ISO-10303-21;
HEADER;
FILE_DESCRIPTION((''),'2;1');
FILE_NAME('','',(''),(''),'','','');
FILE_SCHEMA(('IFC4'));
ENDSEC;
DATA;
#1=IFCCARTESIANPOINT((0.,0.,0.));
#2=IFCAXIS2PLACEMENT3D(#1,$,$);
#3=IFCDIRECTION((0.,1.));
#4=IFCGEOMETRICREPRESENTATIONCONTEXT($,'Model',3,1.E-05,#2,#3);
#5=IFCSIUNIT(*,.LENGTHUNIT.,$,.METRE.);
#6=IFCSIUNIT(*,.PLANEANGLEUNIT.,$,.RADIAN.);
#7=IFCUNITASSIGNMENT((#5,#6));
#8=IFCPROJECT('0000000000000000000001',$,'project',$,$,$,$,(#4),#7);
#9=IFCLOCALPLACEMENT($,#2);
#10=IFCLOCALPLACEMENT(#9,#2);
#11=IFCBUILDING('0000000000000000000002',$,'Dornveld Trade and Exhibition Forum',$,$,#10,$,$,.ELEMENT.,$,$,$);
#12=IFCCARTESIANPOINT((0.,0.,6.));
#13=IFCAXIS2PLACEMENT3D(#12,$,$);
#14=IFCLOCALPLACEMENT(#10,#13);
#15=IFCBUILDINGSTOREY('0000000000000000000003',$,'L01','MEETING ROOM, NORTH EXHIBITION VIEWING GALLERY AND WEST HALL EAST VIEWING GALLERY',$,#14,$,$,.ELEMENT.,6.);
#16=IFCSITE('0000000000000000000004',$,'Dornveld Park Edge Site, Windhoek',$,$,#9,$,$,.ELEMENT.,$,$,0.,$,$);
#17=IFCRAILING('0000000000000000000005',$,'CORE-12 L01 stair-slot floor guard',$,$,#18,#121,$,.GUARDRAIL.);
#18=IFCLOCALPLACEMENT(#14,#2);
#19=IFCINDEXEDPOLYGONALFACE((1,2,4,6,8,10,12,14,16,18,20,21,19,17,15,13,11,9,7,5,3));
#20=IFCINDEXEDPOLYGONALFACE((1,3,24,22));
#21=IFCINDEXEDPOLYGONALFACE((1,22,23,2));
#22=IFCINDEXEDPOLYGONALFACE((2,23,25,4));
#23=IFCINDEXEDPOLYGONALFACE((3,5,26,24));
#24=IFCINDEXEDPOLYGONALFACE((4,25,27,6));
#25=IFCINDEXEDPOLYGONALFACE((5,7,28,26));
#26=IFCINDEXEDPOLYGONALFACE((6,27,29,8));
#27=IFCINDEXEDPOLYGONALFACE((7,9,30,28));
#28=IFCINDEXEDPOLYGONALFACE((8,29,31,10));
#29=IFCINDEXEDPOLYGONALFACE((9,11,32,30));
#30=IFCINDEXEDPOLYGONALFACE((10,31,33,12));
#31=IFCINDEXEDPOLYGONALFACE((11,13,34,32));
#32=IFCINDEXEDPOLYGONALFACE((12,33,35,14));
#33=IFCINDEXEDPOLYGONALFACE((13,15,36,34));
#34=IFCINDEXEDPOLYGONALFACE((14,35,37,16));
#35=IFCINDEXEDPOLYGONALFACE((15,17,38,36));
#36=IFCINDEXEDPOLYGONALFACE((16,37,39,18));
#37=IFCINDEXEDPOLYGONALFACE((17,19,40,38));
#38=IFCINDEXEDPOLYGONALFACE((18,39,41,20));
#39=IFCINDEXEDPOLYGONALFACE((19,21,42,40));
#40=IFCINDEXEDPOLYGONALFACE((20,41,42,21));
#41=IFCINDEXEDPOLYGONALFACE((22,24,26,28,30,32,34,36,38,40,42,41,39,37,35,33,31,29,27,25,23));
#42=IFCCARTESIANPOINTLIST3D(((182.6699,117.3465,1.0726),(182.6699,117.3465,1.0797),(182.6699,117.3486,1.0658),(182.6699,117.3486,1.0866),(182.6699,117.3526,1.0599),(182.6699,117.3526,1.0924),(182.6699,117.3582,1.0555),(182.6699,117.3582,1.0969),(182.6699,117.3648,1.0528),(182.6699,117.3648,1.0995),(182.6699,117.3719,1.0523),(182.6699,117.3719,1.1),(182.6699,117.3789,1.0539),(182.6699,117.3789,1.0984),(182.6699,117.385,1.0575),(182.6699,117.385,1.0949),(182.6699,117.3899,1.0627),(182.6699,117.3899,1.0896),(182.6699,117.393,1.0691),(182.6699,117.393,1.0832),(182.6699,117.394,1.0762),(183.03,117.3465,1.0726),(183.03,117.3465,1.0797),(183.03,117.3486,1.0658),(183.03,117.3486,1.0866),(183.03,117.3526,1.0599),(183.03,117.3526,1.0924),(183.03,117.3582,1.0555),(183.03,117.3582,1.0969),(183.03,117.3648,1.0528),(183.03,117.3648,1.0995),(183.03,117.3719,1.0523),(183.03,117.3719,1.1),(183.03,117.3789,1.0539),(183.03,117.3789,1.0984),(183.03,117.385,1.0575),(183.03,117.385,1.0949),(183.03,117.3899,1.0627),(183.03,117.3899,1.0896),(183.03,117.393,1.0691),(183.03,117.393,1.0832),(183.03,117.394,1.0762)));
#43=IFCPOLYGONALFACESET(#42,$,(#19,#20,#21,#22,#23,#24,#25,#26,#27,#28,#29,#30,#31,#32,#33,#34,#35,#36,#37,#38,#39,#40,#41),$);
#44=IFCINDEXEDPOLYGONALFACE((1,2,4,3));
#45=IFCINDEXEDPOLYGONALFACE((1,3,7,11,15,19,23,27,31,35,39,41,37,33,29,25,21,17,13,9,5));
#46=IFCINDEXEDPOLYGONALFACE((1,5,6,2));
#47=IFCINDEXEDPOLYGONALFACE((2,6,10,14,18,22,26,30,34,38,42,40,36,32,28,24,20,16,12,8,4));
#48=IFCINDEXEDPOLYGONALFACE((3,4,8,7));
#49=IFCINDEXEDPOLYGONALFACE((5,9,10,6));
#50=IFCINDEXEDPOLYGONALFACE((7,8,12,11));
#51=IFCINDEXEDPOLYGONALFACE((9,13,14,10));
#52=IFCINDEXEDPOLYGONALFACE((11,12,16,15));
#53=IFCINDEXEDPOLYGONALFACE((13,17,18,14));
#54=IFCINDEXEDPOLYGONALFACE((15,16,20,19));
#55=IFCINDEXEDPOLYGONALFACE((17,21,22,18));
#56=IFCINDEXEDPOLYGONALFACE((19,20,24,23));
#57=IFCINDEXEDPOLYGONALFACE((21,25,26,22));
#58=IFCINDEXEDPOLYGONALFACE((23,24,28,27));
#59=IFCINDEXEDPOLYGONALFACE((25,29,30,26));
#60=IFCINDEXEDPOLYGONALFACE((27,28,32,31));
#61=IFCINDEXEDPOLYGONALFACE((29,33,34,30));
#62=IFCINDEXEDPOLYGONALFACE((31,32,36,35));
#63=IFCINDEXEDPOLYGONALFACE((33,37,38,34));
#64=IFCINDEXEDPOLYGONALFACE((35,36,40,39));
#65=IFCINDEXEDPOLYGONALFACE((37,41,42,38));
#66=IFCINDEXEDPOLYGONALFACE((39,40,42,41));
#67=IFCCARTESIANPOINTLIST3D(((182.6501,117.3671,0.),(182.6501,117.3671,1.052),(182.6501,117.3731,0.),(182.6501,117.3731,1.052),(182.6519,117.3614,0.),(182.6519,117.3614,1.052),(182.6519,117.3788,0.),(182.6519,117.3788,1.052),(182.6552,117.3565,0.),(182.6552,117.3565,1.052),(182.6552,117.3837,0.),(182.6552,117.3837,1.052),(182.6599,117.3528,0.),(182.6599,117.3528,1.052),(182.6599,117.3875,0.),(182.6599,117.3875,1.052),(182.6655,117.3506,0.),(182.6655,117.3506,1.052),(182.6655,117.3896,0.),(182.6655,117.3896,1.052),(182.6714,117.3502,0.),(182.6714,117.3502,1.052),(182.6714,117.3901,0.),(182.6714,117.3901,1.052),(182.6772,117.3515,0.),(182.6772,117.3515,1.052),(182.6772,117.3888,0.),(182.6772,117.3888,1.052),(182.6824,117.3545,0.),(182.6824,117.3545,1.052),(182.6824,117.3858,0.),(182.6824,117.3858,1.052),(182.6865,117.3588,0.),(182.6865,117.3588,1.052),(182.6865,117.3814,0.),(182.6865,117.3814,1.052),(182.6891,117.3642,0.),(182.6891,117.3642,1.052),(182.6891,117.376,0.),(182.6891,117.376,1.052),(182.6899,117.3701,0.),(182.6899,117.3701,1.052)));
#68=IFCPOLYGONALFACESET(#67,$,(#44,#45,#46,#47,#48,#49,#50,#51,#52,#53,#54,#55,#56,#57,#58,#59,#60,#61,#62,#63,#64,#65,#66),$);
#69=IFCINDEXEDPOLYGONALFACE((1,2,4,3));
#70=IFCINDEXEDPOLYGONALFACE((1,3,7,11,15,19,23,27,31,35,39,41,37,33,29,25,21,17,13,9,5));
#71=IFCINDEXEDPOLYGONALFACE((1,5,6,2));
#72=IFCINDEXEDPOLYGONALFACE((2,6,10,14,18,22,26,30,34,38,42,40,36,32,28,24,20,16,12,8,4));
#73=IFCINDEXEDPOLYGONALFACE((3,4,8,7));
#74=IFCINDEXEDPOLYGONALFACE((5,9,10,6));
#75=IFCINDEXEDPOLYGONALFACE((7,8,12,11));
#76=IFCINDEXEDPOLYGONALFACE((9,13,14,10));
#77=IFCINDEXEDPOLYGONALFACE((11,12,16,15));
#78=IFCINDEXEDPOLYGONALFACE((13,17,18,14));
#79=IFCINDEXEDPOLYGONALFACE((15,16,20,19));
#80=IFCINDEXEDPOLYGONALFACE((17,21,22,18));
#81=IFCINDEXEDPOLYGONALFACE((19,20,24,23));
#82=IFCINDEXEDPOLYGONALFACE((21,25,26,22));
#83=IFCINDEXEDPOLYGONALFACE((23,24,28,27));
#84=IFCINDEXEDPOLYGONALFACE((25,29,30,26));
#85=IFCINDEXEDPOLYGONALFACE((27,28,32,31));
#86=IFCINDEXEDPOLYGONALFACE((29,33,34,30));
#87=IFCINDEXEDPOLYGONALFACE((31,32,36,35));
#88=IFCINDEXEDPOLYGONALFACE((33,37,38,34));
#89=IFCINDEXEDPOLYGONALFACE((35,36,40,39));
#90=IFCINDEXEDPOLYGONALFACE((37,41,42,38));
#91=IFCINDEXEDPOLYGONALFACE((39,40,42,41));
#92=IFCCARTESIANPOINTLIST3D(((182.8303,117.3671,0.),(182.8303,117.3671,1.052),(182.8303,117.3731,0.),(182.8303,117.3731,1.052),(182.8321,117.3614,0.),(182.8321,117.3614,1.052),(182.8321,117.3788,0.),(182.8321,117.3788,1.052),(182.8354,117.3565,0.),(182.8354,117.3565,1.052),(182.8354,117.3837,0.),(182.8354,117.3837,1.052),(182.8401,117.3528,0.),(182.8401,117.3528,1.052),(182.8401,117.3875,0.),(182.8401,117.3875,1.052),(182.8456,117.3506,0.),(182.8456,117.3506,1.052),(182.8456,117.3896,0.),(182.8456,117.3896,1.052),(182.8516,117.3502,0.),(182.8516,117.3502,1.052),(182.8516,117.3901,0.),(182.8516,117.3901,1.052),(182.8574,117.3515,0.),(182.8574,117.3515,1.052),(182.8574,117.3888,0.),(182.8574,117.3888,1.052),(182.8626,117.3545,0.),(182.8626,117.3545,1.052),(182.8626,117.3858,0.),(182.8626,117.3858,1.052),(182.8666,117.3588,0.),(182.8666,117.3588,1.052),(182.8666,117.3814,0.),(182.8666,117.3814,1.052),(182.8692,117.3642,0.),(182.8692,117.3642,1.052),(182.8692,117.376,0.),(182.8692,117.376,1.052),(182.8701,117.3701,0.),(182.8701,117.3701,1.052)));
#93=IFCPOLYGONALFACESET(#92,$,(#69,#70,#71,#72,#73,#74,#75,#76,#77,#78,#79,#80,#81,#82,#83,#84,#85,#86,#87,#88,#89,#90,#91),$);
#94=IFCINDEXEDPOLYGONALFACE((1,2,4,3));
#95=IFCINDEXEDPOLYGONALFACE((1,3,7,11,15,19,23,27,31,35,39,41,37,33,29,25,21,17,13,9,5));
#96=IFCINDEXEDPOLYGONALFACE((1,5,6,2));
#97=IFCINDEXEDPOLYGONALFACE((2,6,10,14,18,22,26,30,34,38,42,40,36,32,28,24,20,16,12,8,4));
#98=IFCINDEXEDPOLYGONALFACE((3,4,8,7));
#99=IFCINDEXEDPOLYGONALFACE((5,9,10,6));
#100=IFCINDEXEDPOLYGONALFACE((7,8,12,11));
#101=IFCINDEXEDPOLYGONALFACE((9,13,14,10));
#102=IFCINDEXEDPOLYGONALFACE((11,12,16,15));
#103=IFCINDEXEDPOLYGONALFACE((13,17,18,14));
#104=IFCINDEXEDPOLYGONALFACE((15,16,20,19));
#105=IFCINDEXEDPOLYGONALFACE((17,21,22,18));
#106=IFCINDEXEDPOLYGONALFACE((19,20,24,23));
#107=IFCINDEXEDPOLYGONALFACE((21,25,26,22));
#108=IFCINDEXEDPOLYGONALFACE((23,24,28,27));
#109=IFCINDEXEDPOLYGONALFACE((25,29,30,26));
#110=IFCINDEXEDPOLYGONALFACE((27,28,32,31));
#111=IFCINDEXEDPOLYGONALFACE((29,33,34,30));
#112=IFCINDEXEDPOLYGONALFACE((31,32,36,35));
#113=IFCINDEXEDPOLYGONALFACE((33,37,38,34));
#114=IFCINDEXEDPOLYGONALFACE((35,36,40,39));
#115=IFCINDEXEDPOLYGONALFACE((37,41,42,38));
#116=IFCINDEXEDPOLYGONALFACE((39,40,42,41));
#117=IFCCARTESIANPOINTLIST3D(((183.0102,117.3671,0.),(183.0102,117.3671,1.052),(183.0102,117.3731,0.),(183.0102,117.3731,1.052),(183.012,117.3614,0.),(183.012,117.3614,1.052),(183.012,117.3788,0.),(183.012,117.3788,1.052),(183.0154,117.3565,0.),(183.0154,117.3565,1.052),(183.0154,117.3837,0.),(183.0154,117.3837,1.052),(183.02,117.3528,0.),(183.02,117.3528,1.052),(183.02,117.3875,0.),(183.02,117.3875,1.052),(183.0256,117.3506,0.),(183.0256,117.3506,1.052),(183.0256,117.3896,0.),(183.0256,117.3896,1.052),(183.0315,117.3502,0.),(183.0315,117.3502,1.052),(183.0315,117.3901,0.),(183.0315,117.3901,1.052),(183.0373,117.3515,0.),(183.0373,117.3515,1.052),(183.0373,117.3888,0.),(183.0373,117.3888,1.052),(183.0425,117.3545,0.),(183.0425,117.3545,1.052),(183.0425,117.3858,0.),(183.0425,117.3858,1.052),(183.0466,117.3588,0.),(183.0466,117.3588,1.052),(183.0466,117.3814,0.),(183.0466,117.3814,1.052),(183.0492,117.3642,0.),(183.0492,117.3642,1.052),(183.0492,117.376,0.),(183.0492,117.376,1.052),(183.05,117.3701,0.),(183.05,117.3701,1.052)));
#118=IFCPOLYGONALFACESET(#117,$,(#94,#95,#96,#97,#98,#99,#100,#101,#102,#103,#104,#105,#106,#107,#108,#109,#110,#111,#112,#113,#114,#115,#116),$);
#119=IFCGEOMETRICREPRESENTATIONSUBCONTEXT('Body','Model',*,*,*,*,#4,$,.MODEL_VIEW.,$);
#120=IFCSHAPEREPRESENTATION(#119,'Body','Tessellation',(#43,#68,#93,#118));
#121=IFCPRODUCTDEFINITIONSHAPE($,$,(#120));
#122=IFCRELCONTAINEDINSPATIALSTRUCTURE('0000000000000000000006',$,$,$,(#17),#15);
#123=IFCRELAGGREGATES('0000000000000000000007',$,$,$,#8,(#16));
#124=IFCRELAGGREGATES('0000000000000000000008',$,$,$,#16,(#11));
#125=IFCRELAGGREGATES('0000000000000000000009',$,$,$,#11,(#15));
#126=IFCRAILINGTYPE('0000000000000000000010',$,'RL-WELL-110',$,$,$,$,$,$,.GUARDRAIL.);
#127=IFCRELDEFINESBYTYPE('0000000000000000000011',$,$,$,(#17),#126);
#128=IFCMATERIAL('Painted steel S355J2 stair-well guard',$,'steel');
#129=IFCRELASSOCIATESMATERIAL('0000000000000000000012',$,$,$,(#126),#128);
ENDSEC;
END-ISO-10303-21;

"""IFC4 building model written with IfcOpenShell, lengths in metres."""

from ifc_helpers import new_model, si_unit, direction, frame, origin, origin_2d, place, context, subcontext, project, spatial, circle, extrude, material, type_object, element, save


model = new_model("IFC4")

# Units and contexts
model_context = context("Model", 3, precision=1e-05, world=origin(), true_north=direction((0.0, 1.0)))
body_context = subcontext(model_context, "Body", "Model", "MODEL_VIEW")
ifc_project = project(units=[si_unit("LENGTHUNIT", "METRE"), si_unit("PLANEANGLEUNIT", "RADIAN")], contexts=[model_context])

# Site, building, storey
site_placement = place(None, origin())
site = spatial("IfcSite", under=ifc_project, at=site_placement, Name="Dornveld Park Edge Site, Windhoek", CompositionType="ELEMENT", RefElevation=0.0)
building_placement = place(site_placement, origin())
building = spatial("IfcBuilding", under=site, at=building_placement, Name="Dornveld Trade and Exhibition Forum", CompositionType="ELEMENT")
storey_placement = place(building_placement, frame((0.0, 0.0, 6.0)))
storey = spatial("IfcBuildingStorey", under=building, at=storey_placement, Name="L01", Description="MEETING ROOM, NORTH EXHIBITION VIEWING GALLERY AND WEST HALL EAST VIEWING GALLERY", CompositionType="ELEMENT", Elevation=6.0)

# Railing
ifc_material_1 = material(Name="Painted steel S355J2 stair-well guard", Category="steel")
railing_type_1 = type_object("IfcRailingType", Name="RL-WELL-110", PredefinedType="GUARDRAIL", material=ifc_material_1)
railing_1_placement = place(storey_placement, frame((182.6699, 117.3701, 0.0)))
element("IfcRailing", 1, at=railing_1_placement, inside=storey, type_object=railing_type_1, Name="CORE-12 L01 stair-slot floor guard", PredefinedType="GUARDRAIL", context=body_context, shape_type="SweptSolid", body=[
    extrude(circle(Radius=0.0239, at=origin_2d()), frame((0.0, 0.0, 1.0762), z_axis=(1.0, 0.0, 0.0), x_axis=(0.0, 1.0, 0.0)), (0.0, 0.0, 1.0), 0.3601),
    extrude(circle(Radius=0.02, at=origin_2d()), origin(), (0.0, 0.0, 1.0), 1.052),
    extrude(circle(Radius=0.02, at=origin_2d()), frame((0.1802, 0.0, 0.0)), (0.0, 0.0, 1.0), 1.052),
    extrude(circle(Radius=0.02, at=origin_2d()), frame((0.3601, 0.0, 0.0)), (0.0, 0.0, 1.0), 1.052),
])

save(model, "model.ifc")
